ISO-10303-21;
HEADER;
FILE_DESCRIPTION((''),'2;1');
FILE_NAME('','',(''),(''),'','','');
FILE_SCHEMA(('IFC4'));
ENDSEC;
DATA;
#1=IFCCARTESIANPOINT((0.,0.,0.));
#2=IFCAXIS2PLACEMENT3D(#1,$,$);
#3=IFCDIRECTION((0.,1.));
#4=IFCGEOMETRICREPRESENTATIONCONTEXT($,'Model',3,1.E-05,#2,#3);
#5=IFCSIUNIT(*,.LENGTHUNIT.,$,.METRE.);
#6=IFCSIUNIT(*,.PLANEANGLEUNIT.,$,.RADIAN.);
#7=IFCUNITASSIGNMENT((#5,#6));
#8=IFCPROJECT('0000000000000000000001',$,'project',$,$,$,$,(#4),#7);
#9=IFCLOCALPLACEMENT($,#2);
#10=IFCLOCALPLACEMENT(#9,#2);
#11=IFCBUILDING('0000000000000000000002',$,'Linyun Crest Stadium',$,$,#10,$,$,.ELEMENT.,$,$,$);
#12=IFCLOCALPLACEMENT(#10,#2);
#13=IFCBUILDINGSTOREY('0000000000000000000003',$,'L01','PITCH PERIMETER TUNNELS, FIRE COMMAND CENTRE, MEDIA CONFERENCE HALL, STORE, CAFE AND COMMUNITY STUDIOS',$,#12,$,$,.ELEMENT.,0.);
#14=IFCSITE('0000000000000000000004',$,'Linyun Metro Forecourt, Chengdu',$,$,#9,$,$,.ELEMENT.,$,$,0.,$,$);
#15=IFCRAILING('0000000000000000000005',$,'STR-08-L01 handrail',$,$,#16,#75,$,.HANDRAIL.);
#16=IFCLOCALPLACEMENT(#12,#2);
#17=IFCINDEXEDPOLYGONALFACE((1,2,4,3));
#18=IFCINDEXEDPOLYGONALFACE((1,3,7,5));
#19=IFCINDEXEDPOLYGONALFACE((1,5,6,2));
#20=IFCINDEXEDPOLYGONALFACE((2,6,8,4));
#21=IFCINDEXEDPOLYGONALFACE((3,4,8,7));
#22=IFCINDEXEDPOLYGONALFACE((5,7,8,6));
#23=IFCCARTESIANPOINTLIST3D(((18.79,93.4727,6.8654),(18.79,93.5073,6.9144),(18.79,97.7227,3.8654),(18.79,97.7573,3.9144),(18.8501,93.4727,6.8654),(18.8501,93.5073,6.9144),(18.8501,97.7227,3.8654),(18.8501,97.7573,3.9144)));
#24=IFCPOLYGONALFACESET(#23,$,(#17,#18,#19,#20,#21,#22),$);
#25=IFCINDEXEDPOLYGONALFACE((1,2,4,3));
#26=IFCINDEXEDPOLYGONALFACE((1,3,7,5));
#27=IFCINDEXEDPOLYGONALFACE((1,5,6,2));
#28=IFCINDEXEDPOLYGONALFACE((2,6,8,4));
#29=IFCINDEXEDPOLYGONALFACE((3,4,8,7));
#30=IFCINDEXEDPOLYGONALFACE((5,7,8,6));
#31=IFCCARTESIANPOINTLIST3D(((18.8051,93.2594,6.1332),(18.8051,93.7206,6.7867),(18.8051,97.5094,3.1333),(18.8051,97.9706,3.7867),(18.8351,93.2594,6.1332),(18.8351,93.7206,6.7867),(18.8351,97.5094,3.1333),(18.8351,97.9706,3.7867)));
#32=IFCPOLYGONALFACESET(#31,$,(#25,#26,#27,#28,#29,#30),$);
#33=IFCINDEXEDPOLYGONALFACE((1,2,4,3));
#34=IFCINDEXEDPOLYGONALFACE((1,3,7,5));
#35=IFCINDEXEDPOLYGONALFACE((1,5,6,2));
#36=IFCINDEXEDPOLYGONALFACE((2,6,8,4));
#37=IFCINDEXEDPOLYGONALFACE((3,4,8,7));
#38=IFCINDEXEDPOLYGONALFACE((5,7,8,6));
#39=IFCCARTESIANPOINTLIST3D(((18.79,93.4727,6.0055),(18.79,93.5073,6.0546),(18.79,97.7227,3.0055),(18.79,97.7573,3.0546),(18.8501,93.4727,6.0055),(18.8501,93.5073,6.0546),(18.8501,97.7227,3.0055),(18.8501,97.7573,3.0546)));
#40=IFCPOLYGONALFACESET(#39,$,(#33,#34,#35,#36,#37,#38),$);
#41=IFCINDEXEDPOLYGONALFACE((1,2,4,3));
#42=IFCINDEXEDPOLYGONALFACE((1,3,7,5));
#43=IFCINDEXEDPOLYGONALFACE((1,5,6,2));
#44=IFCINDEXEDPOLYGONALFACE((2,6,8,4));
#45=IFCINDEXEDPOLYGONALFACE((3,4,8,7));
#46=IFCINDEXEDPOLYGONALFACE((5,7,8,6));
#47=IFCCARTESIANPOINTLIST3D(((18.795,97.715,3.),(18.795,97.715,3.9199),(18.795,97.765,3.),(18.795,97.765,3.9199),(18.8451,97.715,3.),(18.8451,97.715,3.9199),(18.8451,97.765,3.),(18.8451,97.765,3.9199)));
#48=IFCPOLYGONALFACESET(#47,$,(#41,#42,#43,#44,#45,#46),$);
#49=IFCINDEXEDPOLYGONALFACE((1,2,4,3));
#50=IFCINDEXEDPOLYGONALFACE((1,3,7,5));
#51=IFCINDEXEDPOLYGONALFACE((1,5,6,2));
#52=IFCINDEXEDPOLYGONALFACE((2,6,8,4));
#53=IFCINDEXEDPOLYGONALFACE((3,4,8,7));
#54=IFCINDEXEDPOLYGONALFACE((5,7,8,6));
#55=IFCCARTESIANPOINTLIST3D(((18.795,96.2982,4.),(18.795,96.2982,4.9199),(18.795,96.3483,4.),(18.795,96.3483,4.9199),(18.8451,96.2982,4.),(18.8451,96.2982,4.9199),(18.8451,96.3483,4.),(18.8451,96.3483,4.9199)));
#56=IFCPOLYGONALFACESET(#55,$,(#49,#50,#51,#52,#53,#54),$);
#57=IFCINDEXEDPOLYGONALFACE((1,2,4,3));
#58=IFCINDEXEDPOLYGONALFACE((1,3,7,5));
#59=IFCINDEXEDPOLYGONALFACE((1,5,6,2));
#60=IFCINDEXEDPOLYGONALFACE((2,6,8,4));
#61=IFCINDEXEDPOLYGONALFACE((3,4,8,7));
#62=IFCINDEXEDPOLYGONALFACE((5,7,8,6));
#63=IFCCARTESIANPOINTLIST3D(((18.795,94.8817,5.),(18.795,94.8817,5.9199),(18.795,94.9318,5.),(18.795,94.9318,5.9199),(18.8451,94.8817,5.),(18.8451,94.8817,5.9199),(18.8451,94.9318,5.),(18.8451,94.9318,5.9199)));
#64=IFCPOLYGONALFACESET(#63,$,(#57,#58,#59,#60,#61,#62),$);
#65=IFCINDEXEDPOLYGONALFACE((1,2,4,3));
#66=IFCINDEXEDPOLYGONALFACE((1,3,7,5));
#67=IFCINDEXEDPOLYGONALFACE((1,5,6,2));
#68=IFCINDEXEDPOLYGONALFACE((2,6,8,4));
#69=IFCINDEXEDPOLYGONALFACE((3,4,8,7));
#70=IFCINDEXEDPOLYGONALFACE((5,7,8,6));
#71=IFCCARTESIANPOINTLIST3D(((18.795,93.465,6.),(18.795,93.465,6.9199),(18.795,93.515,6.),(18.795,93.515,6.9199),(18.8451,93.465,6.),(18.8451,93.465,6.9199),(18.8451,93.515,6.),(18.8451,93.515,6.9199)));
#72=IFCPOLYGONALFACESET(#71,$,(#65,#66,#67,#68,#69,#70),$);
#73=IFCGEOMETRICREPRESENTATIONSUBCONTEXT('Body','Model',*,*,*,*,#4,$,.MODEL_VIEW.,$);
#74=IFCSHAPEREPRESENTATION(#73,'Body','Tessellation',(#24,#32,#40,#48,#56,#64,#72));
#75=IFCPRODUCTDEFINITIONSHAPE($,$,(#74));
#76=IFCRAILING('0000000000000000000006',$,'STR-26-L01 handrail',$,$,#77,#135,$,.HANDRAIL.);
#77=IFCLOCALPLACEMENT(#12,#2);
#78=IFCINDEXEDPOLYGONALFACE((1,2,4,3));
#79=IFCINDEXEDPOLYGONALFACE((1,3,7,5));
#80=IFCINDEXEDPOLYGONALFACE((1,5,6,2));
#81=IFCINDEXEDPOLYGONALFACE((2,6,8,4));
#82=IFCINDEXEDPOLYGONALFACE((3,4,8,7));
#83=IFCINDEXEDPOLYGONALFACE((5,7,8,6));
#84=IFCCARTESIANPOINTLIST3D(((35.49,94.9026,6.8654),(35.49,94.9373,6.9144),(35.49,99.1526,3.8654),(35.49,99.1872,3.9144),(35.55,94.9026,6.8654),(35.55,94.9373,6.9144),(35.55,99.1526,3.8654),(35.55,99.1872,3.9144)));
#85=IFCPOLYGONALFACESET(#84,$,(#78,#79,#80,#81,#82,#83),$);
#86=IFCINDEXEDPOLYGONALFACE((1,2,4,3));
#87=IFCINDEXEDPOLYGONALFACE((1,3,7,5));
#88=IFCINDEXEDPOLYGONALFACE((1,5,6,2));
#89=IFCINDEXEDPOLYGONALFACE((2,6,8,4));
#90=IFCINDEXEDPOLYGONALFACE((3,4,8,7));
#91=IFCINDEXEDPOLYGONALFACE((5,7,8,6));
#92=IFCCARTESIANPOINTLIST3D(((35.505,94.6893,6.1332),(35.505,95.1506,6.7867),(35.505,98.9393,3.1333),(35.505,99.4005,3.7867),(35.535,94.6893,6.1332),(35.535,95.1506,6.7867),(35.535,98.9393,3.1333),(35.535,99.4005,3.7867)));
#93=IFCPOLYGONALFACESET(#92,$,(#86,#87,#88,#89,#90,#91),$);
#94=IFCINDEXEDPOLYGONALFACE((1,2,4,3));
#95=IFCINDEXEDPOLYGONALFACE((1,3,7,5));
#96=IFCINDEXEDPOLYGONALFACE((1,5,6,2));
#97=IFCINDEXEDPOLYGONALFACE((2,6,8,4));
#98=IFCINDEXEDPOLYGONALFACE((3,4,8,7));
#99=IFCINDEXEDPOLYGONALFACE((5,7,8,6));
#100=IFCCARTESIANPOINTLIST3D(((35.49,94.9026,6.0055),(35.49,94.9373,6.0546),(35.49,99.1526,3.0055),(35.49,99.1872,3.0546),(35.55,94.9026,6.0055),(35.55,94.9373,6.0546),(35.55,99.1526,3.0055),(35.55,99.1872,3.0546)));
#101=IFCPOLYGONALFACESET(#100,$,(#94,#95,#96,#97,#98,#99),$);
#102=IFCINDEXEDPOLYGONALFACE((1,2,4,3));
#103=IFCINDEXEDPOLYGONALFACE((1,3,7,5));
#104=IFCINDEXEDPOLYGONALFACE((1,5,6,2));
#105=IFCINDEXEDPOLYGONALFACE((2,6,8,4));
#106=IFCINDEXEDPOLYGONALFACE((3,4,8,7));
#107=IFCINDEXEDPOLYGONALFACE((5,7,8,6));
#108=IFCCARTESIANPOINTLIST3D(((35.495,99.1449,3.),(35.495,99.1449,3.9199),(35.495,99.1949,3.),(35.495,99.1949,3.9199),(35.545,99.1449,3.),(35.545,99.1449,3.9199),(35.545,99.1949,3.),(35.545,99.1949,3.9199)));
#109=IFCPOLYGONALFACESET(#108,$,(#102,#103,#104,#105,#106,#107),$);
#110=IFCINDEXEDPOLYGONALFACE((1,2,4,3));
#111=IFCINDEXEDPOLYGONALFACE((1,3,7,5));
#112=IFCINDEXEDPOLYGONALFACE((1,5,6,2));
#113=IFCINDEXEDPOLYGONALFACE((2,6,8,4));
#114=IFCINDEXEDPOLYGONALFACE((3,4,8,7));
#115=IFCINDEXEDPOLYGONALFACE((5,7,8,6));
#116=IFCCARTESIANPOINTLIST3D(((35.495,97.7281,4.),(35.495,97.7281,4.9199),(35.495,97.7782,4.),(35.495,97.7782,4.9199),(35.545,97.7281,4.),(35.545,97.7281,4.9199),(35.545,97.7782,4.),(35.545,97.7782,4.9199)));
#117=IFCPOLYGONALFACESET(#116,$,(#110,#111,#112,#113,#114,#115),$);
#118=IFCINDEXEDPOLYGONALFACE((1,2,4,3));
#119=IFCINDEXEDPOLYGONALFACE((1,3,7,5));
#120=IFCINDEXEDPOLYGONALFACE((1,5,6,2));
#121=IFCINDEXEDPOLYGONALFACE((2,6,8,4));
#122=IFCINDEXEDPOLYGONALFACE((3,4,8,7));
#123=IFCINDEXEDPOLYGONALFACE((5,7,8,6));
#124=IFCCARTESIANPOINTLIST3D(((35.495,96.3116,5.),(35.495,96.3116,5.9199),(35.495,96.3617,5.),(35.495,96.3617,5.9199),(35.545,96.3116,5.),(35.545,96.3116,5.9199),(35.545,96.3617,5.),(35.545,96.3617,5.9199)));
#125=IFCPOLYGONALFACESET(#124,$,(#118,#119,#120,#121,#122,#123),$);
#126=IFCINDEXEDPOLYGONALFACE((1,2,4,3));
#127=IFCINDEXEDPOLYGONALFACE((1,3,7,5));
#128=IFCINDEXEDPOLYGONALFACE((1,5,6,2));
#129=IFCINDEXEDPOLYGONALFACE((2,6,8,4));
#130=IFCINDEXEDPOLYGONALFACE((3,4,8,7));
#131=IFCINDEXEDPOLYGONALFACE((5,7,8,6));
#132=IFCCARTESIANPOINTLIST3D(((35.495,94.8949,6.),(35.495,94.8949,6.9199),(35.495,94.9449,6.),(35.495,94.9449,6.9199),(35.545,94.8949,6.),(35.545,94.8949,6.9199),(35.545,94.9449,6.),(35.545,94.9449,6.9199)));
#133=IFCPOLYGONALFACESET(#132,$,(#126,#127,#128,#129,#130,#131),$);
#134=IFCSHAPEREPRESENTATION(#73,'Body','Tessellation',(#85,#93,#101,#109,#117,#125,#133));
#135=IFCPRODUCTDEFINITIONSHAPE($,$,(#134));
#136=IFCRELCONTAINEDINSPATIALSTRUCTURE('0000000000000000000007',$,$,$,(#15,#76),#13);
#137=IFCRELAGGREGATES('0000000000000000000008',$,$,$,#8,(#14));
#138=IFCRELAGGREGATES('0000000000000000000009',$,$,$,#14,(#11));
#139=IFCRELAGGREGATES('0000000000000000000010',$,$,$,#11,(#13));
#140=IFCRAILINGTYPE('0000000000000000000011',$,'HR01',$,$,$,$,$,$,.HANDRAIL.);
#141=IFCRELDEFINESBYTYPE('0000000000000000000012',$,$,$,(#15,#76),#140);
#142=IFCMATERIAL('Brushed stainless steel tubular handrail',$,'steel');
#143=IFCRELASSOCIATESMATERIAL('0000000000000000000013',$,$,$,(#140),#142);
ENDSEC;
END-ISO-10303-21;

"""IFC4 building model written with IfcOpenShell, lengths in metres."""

from ifc_helpers import new_model, si_unit, direction, frame, origin, origin_2d, place, context, subcontext, project, spatial, rectangle, extrude, material, type_object, element, save


model = new_model("IFC4")

# Units and contexts
model_context = context("Model", 3, precision=1e-05, world=origin(), true_north=direction((0.0, 1.0)))
body_context = subcontext(model_context, "Body", "Model", "MODEL_VIEW")
ifc_project = project(units=[si_unit("LENGTHUNIT", "METRE"), si_unit("PLANEANGLEUNIT", "RADIAN")], contexts=[model_context])

# Site, building, storey
site_placement = place(None, origin())
site = spatial("IfcSite", under=ifc_project, at=site_placement, Name="Linyun Metro Forecourt, Chengdu", CompositionType="ELEMENT", RefElevation=0.0)
building_placement = place(site_placement, origin())
building = spatial("IfcBuilding", under=site, at=building_placement, Name="Linyun Crest Stadium", CompositionType="ELEMENT")
storey_placement = place(building_placement, origin())
storey = spatial("IfcBuildingStorey", under=building, at=storey_placement, Name="L01", Description="PITCH PERIMETER TUNNELS, FIRE COMMAND CENTRE, MEDIA CONFERENCE HALL, STORE, CAFE AND COMMUNITY STUDIOS", CompositionType="ELEMENT", Elevation=0.0)

# Railings
ifc_material_1 = material(Name="Brushed stainless steel tubular handrail", Category="steel")
railing_type_1 = type_object("IfcRailingType", Name="HR01", PredefinedType="HANDRAIL", material=ifc_material_1)
for number, where, name in (
    (1, (18.8201, 97.74, 3.0), "STR-08-L01 handrail"),
    (2, (35.52, 99.1699, 3.0), "STR-26-L01 handrail"),
):
    element("IfcRailing", number, at=place(storey_placement, frame(where)), inside=storey, type_object=railing_type_1, Name=name, PredefinedType="HANDRAIL", context=body_context, shape_type="SweptSolid", body=[
        extrude(rectangle(XDim=0.0601, YDim=0.0601, at=origin_2d()), frame((0.0, 0.0, 0.8899), z_axis=(0.0, -0.816968, 0.576683), x_axis=(1.0, 0.0, 0.0)), (0.0, 0.0, 1.0), 5.2021),
        extrude(rectangle(XDim=0.03, YDim=0.7998, at=origin_2d()), frame((0.0, 0.0, 0.46), z_axis=(0.0, -0.816968, 0.576683), x_axis=(1.0, 0.0, 0.0)), (0.0, 0.0, 1.0), 5.2021),
        extrude(rectangle(XDim=0.0601, YDim=0.0601, at=origin_2d()), frame((0.0, 0.0, 0.03), z_axis=(0.0, -0.816968, 0.576683), x_axis=(1.0, 0.0, 0.0)), (0.0, 0.0, 1.0), 5.2021),
        extrude(rectangle(XDim=0.05, YDim=0.05, at=origin_2d()), origin(), (0.0, 0.0, 1.0), 0.9199),
        extrude(rectangle(XDim=0.05, YDim=0.05, at=origin_2d()), frame((0.0, -1.4167, 1.0)), (0.0, 0.0, 1.0), 0.9199),
        extrude(rectangle(XDim=0.05, YDim=0.05, at=origin_2d()), frame((0.0, -2.8333, 2.0)), (0.0, 0.0, 1.0), 0.9199),
        extrude(rectangle(XDim=0.05, YDim=0.05, at=origin_2d()), frame((0.0, -4.25, 3.0)), (0.0, 0.0, 1.0), 0.9199),
    ])

save(model, "model.ifc")
